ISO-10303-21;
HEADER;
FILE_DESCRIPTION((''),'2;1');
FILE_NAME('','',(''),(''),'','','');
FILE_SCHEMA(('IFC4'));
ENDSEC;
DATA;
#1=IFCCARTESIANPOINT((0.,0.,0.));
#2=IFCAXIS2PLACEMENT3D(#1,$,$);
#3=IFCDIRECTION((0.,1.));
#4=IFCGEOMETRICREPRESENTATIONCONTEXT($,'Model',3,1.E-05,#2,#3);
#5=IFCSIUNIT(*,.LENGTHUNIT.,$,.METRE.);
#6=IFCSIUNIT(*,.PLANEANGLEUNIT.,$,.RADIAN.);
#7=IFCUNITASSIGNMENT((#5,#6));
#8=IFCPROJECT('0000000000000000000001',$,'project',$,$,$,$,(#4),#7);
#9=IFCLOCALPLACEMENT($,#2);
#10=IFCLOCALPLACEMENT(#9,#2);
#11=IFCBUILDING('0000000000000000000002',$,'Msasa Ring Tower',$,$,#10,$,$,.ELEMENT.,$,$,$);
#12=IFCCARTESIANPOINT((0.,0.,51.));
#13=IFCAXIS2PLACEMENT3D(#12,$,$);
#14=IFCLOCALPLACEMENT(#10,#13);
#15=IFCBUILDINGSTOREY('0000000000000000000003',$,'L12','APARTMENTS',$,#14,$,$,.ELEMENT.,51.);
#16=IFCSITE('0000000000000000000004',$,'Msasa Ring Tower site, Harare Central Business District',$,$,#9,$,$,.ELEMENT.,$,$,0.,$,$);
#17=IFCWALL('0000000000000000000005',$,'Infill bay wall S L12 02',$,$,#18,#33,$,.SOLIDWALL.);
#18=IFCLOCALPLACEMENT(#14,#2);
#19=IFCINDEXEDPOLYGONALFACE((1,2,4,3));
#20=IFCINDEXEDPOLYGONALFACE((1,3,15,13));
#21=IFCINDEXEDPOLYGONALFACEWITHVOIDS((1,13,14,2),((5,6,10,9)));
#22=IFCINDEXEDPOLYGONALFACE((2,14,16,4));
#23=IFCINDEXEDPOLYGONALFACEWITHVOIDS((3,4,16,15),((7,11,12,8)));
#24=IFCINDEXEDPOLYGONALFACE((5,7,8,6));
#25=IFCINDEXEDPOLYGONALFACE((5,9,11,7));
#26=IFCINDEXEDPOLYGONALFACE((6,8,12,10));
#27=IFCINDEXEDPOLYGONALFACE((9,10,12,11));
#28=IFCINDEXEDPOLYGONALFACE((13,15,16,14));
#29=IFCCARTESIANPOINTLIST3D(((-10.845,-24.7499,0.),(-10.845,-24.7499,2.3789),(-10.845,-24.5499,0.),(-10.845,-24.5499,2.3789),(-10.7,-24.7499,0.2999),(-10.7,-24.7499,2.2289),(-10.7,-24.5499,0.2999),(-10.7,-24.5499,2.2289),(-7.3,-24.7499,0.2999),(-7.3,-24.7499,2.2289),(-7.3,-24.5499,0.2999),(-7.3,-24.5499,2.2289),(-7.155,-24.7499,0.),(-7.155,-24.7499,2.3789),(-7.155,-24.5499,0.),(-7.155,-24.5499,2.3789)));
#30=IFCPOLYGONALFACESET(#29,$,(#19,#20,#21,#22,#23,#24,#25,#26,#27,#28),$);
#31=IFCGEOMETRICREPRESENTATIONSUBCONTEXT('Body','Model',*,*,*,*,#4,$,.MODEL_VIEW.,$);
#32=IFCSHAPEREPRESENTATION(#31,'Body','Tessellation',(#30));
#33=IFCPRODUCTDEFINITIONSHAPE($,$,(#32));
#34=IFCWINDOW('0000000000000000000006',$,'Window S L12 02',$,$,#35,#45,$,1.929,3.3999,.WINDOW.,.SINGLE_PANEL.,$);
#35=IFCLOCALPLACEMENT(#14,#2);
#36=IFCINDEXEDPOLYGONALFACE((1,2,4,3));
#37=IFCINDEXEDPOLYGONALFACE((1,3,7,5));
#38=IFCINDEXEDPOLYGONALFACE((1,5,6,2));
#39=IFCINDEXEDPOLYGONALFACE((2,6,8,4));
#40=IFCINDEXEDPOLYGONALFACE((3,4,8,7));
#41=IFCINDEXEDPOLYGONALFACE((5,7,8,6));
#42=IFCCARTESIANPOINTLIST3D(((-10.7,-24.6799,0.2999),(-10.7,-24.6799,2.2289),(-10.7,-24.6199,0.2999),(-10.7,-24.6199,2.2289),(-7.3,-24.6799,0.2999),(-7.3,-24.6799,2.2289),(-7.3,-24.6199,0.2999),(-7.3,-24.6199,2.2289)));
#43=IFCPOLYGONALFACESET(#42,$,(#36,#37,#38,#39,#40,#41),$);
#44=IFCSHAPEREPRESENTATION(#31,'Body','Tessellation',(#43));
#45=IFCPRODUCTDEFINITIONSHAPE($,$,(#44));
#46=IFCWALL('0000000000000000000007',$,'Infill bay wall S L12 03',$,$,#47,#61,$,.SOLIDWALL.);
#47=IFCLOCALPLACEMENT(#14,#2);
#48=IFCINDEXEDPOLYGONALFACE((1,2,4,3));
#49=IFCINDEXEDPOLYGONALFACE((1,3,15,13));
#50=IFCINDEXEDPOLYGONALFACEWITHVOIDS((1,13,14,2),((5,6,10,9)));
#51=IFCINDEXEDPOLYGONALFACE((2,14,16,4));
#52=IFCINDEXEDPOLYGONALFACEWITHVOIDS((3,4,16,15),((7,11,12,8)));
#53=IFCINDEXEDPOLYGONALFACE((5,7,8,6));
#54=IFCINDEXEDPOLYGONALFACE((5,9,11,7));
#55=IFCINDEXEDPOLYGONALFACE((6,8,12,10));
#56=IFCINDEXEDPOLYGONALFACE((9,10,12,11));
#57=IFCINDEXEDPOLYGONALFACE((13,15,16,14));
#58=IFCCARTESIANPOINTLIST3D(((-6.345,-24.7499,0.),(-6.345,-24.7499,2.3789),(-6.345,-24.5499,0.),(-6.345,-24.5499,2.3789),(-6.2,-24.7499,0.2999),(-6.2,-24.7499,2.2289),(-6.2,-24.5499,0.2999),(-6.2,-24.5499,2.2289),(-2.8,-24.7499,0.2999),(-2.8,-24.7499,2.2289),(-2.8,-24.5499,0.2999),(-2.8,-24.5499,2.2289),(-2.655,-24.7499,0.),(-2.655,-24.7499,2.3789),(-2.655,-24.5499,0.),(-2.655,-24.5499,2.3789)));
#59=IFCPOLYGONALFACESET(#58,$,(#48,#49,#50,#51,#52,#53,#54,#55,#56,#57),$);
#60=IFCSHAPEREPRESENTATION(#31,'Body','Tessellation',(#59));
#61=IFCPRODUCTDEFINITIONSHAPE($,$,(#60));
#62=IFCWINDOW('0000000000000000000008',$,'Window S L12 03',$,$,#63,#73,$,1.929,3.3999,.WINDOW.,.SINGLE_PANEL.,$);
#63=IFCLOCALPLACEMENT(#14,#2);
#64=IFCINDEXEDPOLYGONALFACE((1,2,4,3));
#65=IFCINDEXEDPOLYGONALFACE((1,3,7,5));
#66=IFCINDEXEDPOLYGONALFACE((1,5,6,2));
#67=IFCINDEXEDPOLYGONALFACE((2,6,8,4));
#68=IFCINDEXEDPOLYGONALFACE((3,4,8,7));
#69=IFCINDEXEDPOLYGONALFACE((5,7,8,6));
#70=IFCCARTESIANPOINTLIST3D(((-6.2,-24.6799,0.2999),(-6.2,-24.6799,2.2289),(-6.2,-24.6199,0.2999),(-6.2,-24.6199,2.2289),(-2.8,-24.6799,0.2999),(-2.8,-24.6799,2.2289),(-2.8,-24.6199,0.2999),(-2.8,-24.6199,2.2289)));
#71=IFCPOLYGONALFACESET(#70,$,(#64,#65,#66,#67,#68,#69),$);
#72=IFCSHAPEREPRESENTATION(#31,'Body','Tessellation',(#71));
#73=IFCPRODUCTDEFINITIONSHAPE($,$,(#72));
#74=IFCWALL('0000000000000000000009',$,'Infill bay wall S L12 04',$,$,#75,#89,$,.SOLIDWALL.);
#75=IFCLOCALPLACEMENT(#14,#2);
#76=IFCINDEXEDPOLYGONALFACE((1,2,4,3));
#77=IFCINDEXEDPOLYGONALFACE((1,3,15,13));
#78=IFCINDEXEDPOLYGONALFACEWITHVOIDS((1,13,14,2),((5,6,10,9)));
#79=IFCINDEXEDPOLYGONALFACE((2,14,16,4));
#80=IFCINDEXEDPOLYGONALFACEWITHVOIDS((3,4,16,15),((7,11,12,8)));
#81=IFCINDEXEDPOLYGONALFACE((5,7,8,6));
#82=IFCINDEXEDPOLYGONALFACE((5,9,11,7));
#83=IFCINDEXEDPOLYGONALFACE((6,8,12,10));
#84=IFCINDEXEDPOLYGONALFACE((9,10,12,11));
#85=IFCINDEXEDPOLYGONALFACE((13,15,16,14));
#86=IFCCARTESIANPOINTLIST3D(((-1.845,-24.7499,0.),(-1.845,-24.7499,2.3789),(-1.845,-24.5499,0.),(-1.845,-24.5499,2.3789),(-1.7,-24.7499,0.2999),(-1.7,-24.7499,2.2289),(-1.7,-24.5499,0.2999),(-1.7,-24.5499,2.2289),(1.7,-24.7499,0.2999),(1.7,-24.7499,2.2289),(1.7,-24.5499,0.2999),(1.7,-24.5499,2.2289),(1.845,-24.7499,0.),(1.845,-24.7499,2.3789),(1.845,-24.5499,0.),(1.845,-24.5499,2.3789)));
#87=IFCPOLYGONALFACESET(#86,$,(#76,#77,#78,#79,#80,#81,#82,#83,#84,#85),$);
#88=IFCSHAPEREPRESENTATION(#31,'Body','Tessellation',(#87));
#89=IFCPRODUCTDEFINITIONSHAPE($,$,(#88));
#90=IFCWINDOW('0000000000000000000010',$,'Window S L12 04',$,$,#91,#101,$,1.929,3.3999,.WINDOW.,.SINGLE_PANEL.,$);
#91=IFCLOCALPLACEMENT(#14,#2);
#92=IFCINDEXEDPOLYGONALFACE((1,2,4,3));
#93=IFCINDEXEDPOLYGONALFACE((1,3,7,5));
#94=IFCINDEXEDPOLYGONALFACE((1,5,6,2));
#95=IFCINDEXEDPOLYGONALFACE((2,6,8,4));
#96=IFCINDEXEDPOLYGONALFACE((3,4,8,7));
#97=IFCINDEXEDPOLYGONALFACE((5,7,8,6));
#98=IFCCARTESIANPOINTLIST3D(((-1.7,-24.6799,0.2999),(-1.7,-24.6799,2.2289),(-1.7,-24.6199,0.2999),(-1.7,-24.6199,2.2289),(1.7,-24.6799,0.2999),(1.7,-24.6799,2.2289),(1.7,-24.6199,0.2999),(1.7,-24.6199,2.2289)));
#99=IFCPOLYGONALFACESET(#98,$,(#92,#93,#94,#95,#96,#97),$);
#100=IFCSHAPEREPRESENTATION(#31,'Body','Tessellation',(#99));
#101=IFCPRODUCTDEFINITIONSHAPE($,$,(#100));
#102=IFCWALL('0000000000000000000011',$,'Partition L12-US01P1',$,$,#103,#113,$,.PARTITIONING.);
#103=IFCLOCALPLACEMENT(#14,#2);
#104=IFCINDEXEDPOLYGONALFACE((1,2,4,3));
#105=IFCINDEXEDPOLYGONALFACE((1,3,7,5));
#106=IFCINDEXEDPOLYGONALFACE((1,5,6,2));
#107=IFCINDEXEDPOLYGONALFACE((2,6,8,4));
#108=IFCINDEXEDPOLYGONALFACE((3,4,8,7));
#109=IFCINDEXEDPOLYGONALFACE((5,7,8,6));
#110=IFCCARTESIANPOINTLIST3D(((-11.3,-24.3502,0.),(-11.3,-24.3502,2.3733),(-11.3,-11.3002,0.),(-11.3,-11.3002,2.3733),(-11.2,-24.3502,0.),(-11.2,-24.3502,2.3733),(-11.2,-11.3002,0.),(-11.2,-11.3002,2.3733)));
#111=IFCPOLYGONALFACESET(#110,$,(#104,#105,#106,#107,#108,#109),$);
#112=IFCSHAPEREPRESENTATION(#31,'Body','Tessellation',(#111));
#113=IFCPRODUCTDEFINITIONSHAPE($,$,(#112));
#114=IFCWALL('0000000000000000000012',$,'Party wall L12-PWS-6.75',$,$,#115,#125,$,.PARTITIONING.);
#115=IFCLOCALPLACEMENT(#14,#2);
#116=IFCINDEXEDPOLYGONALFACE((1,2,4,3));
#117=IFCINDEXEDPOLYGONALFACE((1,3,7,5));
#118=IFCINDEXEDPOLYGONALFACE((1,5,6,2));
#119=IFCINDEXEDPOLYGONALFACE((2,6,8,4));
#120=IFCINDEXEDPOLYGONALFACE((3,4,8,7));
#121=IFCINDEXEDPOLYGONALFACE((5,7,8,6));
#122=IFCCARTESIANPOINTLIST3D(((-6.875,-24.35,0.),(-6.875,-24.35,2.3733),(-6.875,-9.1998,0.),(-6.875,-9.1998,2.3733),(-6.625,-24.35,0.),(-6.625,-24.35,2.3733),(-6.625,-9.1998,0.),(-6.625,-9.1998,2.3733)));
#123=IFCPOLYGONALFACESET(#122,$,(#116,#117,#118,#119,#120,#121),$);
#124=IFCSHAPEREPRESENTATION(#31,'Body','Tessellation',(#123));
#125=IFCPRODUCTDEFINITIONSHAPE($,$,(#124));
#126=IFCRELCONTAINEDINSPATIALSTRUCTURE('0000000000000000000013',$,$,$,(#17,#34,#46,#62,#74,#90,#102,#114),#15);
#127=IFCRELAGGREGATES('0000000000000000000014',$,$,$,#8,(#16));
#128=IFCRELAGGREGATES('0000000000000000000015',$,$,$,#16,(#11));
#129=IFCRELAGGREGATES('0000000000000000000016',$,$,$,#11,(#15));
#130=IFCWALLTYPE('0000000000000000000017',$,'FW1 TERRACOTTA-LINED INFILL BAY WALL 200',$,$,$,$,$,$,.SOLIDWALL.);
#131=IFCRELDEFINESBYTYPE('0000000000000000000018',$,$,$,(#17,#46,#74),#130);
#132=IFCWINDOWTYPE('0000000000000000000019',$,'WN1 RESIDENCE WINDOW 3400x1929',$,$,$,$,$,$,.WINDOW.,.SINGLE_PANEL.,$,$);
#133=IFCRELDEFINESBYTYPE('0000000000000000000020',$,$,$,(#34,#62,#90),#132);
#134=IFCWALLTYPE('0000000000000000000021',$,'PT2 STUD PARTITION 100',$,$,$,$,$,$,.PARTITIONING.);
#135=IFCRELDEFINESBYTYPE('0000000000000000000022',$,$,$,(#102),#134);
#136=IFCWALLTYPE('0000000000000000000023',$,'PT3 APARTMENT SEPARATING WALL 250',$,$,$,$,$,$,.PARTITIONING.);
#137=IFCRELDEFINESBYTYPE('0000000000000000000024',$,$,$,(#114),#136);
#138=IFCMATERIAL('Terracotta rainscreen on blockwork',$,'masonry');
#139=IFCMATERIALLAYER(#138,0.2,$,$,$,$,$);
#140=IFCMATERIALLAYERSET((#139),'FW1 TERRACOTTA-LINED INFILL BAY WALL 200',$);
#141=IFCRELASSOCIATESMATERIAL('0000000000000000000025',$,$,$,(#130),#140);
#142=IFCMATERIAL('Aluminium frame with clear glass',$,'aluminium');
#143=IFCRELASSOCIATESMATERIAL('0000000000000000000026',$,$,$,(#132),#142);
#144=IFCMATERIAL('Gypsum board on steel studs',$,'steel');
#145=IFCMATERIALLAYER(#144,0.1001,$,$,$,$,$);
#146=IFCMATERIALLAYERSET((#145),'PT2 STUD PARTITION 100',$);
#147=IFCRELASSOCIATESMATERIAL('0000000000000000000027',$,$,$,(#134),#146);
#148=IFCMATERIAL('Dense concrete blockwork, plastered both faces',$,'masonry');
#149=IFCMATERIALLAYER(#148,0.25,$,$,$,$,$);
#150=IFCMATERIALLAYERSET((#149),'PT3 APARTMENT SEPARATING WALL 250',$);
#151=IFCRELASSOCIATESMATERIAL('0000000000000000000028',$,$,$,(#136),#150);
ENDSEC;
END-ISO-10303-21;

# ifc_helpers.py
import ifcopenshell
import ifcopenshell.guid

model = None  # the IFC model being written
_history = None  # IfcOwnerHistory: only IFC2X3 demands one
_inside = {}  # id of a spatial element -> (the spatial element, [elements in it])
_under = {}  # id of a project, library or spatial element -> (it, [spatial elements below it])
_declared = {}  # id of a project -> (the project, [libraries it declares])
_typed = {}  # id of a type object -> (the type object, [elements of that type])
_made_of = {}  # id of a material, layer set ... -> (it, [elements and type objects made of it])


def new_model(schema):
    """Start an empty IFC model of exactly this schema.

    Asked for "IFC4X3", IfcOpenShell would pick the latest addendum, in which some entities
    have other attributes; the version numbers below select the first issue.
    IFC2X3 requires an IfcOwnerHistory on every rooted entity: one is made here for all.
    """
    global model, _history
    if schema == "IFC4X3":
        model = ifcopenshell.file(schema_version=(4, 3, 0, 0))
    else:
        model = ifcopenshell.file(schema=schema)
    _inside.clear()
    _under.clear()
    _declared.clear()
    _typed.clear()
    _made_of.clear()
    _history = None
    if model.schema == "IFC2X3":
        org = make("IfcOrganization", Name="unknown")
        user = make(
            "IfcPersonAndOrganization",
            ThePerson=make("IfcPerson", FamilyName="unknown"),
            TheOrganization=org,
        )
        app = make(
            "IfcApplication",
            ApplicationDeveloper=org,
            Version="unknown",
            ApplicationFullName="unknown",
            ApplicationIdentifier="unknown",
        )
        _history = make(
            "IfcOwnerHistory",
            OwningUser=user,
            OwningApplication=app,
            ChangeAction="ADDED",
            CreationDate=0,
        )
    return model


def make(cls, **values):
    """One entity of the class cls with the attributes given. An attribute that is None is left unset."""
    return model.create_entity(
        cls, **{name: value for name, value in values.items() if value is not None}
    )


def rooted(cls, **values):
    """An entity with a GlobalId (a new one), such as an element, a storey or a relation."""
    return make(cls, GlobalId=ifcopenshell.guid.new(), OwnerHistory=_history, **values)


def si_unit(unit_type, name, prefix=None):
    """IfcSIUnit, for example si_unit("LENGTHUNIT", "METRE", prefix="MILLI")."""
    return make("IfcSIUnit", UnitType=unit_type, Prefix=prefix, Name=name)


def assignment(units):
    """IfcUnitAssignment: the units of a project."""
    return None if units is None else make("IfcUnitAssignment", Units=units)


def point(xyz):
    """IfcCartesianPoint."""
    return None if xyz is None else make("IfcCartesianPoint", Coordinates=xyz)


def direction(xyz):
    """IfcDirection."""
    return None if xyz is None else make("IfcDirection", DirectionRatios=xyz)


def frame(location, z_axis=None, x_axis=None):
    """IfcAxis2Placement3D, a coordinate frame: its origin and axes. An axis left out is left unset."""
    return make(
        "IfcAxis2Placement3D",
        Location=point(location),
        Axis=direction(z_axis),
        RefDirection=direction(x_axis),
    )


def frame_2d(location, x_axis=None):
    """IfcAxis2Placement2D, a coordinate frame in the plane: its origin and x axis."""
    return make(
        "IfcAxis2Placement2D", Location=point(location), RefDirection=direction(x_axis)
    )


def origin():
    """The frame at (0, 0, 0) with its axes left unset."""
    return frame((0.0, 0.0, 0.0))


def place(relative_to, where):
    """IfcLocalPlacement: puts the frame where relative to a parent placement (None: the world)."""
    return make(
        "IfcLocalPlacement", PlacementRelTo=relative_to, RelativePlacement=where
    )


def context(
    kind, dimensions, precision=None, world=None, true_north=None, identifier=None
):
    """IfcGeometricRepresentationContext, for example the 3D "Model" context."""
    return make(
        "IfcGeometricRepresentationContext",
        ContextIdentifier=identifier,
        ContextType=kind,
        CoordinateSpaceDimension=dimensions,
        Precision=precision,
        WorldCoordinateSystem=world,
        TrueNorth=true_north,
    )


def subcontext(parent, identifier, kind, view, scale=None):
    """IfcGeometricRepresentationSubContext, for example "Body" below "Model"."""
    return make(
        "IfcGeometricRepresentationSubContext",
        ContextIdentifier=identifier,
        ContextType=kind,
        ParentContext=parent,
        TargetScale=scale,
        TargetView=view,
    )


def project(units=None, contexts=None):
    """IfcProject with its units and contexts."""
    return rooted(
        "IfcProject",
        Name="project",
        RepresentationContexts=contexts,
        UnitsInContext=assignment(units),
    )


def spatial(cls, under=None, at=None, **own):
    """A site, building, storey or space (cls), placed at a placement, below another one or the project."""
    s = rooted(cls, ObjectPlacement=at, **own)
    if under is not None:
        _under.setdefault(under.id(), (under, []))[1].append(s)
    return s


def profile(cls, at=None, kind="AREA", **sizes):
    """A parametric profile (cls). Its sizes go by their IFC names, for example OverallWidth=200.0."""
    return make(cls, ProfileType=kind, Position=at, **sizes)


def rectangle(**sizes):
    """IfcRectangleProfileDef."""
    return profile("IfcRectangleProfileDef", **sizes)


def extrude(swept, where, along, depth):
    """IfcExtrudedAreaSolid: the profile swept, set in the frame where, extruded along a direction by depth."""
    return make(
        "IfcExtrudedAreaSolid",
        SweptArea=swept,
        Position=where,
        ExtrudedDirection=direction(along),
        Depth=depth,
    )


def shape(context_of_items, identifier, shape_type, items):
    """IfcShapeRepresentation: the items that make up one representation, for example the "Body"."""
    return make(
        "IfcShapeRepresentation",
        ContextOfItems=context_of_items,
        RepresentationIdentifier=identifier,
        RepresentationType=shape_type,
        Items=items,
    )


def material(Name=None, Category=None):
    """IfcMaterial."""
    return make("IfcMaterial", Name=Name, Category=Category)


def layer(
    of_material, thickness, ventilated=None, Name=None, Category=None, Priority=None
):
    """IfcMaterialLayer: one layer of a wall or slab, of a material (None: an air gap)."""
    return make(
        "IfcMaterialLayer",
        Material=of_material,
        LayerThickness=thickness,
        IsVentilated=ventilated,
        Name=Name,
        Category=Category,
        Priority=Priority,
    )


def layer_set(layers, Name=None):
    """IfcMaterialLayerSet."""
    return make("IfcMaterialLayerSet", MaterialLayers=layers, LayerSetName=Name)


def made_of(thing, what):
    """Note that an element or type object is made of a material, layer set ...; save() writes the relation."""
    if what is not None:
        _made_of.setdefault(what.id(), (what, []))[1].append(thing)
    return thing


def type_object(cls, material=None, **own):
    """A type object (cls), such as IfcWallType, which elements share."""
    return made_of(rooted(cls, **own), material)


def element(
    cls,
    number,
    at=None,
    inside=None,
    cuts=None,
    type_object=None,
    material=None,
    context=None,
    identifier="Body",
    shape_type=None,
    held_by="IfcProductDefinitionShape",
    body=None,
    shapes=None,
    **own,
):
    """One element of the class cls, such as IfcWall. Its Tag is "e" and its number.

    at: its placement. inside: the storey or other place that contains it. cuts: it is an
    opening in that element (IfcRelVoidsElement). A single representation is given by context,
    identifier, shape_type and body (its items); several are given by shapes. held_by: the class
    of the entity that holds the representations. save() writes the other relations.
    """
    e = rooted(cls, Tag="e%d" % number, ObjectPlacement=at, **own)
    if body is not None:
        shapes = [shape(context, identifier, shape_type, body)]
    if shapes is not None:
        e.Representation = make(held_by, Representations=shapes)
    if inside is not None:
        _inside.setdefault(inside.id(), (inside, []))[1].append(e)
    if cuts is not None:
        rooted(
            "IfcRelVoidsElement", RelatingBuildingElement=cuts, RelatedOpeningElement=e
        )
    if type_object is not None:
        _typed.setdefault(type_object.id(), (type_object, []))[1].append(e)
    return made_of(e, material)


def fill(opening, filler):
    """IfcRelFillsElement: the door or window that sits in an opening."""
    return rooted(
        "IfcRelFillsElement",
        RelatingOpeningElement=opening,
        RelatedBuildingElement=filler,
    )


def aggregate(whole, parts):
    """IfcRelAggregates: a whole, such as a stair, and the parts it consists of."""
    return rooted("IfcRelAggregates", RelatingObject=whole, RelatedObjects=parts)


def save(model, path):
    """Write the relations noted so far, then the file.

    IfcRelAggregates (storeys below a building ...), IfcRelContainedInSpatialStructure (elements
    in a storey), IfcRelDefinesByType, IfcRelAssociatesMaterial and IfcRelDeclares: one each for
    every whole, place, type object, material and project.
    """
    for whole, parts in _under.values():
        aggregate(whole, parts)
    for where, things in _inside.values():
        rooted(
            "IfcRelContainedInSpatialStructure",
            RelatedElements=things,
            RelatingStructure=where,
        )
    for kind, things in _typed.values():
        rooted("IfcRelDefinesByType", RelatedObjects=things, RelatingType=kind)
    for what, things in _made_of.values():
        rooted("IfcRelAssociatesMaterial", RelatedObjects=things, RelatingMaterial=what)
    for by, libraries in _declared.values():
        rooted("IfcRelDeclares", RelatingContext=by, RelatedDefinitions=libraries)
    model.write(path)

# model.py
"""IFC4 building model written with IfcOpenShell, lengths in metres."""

from ifc_helpers import new_model, si_unit, direction, frame, frame_2d, origin, place, context, subcontext, project, spatial, rectangle, extrude, material, layer, layer_set, type_object, element, fill, save


model = new_model("IFC4")

# Units and contexts
model_context = context("Model", 3, precision=1e-05, world=origin(), true_north=direction((0.0, 1.0)))
body_context = subcontext(model_context, "Body", "Model", "MODEL_VIEW")
ifc_project = project(units=[si_unit("LENGTHUNIT", "METRE"), si_unit("PLANEANGLEUNIT", "RADIAN")], contexts=[model_context])

# Site, building, storey
site_placement = place(None, origin())
site = spatial("IfcSite", under=ifc_project, at=site_placement, Name="Msasa Ring Tower site, Harare Central Business District", CompositionType="ELEMENT", RefElevation=0.0)
building_placement = place(site_placement, origin())
building = spatial("IfcBuilding", under=site, at=building_placement, Name="Msasa Ring Tower", CompositionType="ELEMENT")
storey_placement = place(building_placement, frame((0.0, 0.0, 51.0)))
storey = spatial("IfcBuildingStorey", under=building, at=storey_placement, Name="L12", Description="APARTMENTS", CompositionType="ELEMENT", Elevation=51.0)

# Walls, openings, windows
ifc_material_1 = material(Name="Terracotta rainscreen on blockwork", Category="masonry")
ifc_layer_1 = layer(ifc_material_1, 0.2)
ifc_layer_set_1 = layer_set([ifc_layer_1], Name="FW1 TERRACOTTA-LINED INFILL BAY WALL 200")
wall_type_1 = type_object("IfcWallType", Name="FW1 TERRACOTTA-LINED INFILL BAY WALL 200", PredefinedType="SOLIDWALL", material=ifc_layer_set_1)
ifc_material_2 = material(Name="Aluminium frame with clear glass", Category="aluminium")
window_type = type_object("IfcWindowType", Name="WN1 RESIDENCE WINDOW 3400x1929", PartitioningType="SINGLE_PANEL", PredefinedType="WINDOW", material=ifc_material_2)
wall_1_placement = place(storey_placement, frame((-10.845, -24.6499, 0.0), z_axis=(0.0, 0.0, 1.0), x_axis=(1.0, 0.0, 0.0)))
wall_1 = element("IfcWall", 1, at=wall_1_placement, inside=storey, type_object=wall_type_1, Name="Infill bay wall S L12 02", PredefinedType="SOLIDWALL", context=body_context, shape_type="SweptSolid", body=[
    extrude(rectangle(XDim=3.6899, YDim=0.2, at=frame_2d((1.845, 0.0))), origin(), (0.0, 0.0, 1.0), 2.3789),
])
opening_1_placement = place(wall_1_placement, frame((0.145, 0.0, 0.3)))
opening_1 = element("IfcOpeningElement", 2, at=opening_1_placement, cuts=wall_1, PredefinedType="OPENING", context=body_context, shape_type="SweptSolid", body=[
    extrude(rectangle(XDim=3.3999, YDim=1.929, at=frame_2d((1.7, 0.9644))), frame((0.0, 0.1099, 0.0), z_axis=(0.0, -1.0, 0.0), x_axis=(1.0, 0.0, 0.0)), (0.0, 0.0, 1.0), 0.22),
])
window_1_placement = place(opening_1_placement, origin())
window_1 = element("IfcWindow", 3, at=window_1_placement, inside=storey, type_object=window_type, Name="Window S L12 02", OverallHeight=1.929, OverallWidth=3.3999, PartitioningType="SINGLE_PANEL", PredefinedType="WINDOW", context=body_context, shape_type="SweptSolid", body=[
    extrude(rectangle(XDim=3.3999, YDim=1.929, at=frame_2d((1.7, 0.9644))), frame((0.0, 0.03, 0.0), z_axis=(0.0, -1.0, 0.0), x_axis=(1.0, 0.0, 0.0)), (0.0, 0.0, 1.0), 0.0601),
])
fill(opening_1, window_1)
wall_2_placement = place(storey_placement, frame((-6.345, -24.6499, 0.0), z_axis=(0.0, 0.0, 1.0), x_axis=(1.0, 0.0, 0.0)))
wall_2 = element("IfcWall", 4, at=wall_2_placement, inside=storey, type_object=wall_type_1, Name="Infill bay wall S L12 03", PredefinedType="SOLIDWALL", context=body_context, shape_type="SweptSolid", body=[
    extrude(rectangle(XDim=3.6899, YDim=0.2, at=frame_2d((1.845, 0.0))), origin(), (0.0, 0.0, 1.0), 2.3789),
])
opening_2_placement = place(wall_2_placement, frame((0.145, 0.0, 0.3)))
opening_2 = element("IfcOpeningElement", 5, at=opening_2_placement, cuts=wall_2, PredefinedType="OPENING", context=body_context, shape_type="SweptSolid", body=[
    extrude(rectangle(XDim=3.3999, YDim=1.929, at=frame_2d((1.7, 0.9644))), frame((0.0, 0.1099, 0.0), z_axis=(0.0, -1.0, 0.0), x_axis=(1.0, 0.0, 0.0)), (0.0, 0.0, 1.0), 0.22),
])
window_2_placement = place(opening_2_placement, origin())
window_2 = element("IfcWindow", 6, at=window_2_placement, inside=storey, type_object=window_type, Name="Window S L12 03", OverallHeight=1.929, OverallWidth=3.3999, PartitioningType="SINGLE_PANEL", PredefinedType="WINDOW", context=body_context, shape_type="SweptSolid", body=[
    extrude(rectangle(XDim=3.3999, YDim=1.929, at=frame_2d((1.7, 0.9644))), frame((0.0, 0.03, 0.0), z_axis=(0.0, -1.0, 0.0), x_axis=(1.0, 0.0, 0.0)), (0.0, 0.0, 1.0), 0.0601),
])
fill(opening_2, window_2)
wall_3_placement = place(storey_placement, frame((-1.845, -24.6499, 0.0), z_axis=(0.0, 0.0, 1.0), x_axis=(1.0, 0.0, 0.0)))
wall_3 = element("IfcWall", 7, at=wall_3_placement, inside=storey, type_object=wall_type_1, Name="Infill bay wall S L12 04", PredefinedType="SOLIDWALL", context=body_context, shape_type="SweptSolid", body=[
    extrude(rectangle(XDim=3.6899, YDim=0.2, at=frame_2d((1.845, 0.0))), origin(), (0.0, 0.0, 1.0), 2.3789),
])
opening_3_placement = place(wall_3_placement, frame((0.145, 0.0, 0.3)))
opening_3 = element("IfcOpeningElement", 8, at=opening_3_placement, cuts=wall_3, PredefinedType="OPENING", context=body_context, shape_type="SweptSolid", body=[
    extrude(rectangle(XDim=3.3999, YDim=1.929, at=frame_2d((1.7, 0.9644))), frame((0.0, 0.1099, 0.0), z_axis=(0.0, -1.0, 0.0), x_axis=(1.0, 0.0, 0.0)), (0.0, 0.0, 1.0), 0.22),
])
window_3_placement = place(opening_3_placement, origin())
window_3 = element("IfcWindow", 9, at=window_3_placement, inside=storey, type_object=window_type, Name="Window S L12 04", OverallHeight=1.929, OverallWidth=3.3999, PartitioningType="SINGLE_PANEL", PredefinedType="WINDOW", context=body_context, shape_type="SweptSolid", body=[
    extrude(rectangle(XDim=3.3999, YDim=1.929, at=frame_2d((1.7, 0.9644))), frame((0.0, 0.03, 0.0), z_axis=(0.0, -1.0, 0.0), x_axis=(1.0, 0.0, 0.0)), (0.0, 0.0, 1.0), 0.0601),
])
fill(opening_3, window_3)

# Walls
ifc_material_3 = material(Name="Gypsum board on steel studs", Category="steel")
ifc_layer_2 = layer(ifc_material_3, 0.1001)
ifc_layer_set_2 = layer_set([ifc_layer_2], Name="PT2 STUD PARTITION 100")
wall_type_2 = type_object("IfcWallType", Name="PT2 STUD PARTITION 100", PredefinedType="PARTITIONING", material=ifc_layer_set_2)
wall_4_placement = place(storey_placement, frame((-11.25, -24.3501, 0.0), z_axis=(0.0, 0.0, 1.0), x_axis=(0.0, 1.0, 0.0)))
element("IfcWall", 10, at=wall_4_placement, inside=storey, type_object=wall_type_2, Name="Partition L12-US01P1", PredefinedType="PARTITIONING", context=body_context, shape_type="SweptSolid", body=[
    extrude(rectangle(XDim=13.05, YDim=0.1001, at=frame_2d((6.5249, 0.0))), origin(), (0.0, 0.0, 1.0), 2.3733),
])
ifc_material_4 = material(Name="Dense concrete blockwork, plastered both faces", Category="masonry")
ifc_layer_3 = layer(ifc_material_4, 0.25)
ifc_layer_set_3 = layer_set([ifc_layer_3], Name="PT3 APARTMENT SEPARATING WALL 250")
wall_type_3 = type_object("IfcWallType", Name="PT3 APARTMENT SEPARATING WALL 250", PredefinedType="PARTITIONING", material=ifc_layer_set_3)
wall_5_placement = place(storey_placement, frame((-6.75, -24.3501, 0.0), z_axis=(0.0, 0.0, 1.0), x_axis=(0.0, 1.0, 0.0)))
element("IfcWall", 11, at=wall_5_placement, inside=storey, type_object=wall_type_3, Name="Party wall L12-PWS-6.75", PredefinedType="PARTITIONING", context=body_context, shape_type="SweptSolid", body=[
    extrude(rectangle(XDim=15.1501, YDim=0.25, at=frame_2d((7.5752, 0.0))), origin(), (0.0, 0.0, 1.0), 2.3733),
])

save(model, "model.ifc")
